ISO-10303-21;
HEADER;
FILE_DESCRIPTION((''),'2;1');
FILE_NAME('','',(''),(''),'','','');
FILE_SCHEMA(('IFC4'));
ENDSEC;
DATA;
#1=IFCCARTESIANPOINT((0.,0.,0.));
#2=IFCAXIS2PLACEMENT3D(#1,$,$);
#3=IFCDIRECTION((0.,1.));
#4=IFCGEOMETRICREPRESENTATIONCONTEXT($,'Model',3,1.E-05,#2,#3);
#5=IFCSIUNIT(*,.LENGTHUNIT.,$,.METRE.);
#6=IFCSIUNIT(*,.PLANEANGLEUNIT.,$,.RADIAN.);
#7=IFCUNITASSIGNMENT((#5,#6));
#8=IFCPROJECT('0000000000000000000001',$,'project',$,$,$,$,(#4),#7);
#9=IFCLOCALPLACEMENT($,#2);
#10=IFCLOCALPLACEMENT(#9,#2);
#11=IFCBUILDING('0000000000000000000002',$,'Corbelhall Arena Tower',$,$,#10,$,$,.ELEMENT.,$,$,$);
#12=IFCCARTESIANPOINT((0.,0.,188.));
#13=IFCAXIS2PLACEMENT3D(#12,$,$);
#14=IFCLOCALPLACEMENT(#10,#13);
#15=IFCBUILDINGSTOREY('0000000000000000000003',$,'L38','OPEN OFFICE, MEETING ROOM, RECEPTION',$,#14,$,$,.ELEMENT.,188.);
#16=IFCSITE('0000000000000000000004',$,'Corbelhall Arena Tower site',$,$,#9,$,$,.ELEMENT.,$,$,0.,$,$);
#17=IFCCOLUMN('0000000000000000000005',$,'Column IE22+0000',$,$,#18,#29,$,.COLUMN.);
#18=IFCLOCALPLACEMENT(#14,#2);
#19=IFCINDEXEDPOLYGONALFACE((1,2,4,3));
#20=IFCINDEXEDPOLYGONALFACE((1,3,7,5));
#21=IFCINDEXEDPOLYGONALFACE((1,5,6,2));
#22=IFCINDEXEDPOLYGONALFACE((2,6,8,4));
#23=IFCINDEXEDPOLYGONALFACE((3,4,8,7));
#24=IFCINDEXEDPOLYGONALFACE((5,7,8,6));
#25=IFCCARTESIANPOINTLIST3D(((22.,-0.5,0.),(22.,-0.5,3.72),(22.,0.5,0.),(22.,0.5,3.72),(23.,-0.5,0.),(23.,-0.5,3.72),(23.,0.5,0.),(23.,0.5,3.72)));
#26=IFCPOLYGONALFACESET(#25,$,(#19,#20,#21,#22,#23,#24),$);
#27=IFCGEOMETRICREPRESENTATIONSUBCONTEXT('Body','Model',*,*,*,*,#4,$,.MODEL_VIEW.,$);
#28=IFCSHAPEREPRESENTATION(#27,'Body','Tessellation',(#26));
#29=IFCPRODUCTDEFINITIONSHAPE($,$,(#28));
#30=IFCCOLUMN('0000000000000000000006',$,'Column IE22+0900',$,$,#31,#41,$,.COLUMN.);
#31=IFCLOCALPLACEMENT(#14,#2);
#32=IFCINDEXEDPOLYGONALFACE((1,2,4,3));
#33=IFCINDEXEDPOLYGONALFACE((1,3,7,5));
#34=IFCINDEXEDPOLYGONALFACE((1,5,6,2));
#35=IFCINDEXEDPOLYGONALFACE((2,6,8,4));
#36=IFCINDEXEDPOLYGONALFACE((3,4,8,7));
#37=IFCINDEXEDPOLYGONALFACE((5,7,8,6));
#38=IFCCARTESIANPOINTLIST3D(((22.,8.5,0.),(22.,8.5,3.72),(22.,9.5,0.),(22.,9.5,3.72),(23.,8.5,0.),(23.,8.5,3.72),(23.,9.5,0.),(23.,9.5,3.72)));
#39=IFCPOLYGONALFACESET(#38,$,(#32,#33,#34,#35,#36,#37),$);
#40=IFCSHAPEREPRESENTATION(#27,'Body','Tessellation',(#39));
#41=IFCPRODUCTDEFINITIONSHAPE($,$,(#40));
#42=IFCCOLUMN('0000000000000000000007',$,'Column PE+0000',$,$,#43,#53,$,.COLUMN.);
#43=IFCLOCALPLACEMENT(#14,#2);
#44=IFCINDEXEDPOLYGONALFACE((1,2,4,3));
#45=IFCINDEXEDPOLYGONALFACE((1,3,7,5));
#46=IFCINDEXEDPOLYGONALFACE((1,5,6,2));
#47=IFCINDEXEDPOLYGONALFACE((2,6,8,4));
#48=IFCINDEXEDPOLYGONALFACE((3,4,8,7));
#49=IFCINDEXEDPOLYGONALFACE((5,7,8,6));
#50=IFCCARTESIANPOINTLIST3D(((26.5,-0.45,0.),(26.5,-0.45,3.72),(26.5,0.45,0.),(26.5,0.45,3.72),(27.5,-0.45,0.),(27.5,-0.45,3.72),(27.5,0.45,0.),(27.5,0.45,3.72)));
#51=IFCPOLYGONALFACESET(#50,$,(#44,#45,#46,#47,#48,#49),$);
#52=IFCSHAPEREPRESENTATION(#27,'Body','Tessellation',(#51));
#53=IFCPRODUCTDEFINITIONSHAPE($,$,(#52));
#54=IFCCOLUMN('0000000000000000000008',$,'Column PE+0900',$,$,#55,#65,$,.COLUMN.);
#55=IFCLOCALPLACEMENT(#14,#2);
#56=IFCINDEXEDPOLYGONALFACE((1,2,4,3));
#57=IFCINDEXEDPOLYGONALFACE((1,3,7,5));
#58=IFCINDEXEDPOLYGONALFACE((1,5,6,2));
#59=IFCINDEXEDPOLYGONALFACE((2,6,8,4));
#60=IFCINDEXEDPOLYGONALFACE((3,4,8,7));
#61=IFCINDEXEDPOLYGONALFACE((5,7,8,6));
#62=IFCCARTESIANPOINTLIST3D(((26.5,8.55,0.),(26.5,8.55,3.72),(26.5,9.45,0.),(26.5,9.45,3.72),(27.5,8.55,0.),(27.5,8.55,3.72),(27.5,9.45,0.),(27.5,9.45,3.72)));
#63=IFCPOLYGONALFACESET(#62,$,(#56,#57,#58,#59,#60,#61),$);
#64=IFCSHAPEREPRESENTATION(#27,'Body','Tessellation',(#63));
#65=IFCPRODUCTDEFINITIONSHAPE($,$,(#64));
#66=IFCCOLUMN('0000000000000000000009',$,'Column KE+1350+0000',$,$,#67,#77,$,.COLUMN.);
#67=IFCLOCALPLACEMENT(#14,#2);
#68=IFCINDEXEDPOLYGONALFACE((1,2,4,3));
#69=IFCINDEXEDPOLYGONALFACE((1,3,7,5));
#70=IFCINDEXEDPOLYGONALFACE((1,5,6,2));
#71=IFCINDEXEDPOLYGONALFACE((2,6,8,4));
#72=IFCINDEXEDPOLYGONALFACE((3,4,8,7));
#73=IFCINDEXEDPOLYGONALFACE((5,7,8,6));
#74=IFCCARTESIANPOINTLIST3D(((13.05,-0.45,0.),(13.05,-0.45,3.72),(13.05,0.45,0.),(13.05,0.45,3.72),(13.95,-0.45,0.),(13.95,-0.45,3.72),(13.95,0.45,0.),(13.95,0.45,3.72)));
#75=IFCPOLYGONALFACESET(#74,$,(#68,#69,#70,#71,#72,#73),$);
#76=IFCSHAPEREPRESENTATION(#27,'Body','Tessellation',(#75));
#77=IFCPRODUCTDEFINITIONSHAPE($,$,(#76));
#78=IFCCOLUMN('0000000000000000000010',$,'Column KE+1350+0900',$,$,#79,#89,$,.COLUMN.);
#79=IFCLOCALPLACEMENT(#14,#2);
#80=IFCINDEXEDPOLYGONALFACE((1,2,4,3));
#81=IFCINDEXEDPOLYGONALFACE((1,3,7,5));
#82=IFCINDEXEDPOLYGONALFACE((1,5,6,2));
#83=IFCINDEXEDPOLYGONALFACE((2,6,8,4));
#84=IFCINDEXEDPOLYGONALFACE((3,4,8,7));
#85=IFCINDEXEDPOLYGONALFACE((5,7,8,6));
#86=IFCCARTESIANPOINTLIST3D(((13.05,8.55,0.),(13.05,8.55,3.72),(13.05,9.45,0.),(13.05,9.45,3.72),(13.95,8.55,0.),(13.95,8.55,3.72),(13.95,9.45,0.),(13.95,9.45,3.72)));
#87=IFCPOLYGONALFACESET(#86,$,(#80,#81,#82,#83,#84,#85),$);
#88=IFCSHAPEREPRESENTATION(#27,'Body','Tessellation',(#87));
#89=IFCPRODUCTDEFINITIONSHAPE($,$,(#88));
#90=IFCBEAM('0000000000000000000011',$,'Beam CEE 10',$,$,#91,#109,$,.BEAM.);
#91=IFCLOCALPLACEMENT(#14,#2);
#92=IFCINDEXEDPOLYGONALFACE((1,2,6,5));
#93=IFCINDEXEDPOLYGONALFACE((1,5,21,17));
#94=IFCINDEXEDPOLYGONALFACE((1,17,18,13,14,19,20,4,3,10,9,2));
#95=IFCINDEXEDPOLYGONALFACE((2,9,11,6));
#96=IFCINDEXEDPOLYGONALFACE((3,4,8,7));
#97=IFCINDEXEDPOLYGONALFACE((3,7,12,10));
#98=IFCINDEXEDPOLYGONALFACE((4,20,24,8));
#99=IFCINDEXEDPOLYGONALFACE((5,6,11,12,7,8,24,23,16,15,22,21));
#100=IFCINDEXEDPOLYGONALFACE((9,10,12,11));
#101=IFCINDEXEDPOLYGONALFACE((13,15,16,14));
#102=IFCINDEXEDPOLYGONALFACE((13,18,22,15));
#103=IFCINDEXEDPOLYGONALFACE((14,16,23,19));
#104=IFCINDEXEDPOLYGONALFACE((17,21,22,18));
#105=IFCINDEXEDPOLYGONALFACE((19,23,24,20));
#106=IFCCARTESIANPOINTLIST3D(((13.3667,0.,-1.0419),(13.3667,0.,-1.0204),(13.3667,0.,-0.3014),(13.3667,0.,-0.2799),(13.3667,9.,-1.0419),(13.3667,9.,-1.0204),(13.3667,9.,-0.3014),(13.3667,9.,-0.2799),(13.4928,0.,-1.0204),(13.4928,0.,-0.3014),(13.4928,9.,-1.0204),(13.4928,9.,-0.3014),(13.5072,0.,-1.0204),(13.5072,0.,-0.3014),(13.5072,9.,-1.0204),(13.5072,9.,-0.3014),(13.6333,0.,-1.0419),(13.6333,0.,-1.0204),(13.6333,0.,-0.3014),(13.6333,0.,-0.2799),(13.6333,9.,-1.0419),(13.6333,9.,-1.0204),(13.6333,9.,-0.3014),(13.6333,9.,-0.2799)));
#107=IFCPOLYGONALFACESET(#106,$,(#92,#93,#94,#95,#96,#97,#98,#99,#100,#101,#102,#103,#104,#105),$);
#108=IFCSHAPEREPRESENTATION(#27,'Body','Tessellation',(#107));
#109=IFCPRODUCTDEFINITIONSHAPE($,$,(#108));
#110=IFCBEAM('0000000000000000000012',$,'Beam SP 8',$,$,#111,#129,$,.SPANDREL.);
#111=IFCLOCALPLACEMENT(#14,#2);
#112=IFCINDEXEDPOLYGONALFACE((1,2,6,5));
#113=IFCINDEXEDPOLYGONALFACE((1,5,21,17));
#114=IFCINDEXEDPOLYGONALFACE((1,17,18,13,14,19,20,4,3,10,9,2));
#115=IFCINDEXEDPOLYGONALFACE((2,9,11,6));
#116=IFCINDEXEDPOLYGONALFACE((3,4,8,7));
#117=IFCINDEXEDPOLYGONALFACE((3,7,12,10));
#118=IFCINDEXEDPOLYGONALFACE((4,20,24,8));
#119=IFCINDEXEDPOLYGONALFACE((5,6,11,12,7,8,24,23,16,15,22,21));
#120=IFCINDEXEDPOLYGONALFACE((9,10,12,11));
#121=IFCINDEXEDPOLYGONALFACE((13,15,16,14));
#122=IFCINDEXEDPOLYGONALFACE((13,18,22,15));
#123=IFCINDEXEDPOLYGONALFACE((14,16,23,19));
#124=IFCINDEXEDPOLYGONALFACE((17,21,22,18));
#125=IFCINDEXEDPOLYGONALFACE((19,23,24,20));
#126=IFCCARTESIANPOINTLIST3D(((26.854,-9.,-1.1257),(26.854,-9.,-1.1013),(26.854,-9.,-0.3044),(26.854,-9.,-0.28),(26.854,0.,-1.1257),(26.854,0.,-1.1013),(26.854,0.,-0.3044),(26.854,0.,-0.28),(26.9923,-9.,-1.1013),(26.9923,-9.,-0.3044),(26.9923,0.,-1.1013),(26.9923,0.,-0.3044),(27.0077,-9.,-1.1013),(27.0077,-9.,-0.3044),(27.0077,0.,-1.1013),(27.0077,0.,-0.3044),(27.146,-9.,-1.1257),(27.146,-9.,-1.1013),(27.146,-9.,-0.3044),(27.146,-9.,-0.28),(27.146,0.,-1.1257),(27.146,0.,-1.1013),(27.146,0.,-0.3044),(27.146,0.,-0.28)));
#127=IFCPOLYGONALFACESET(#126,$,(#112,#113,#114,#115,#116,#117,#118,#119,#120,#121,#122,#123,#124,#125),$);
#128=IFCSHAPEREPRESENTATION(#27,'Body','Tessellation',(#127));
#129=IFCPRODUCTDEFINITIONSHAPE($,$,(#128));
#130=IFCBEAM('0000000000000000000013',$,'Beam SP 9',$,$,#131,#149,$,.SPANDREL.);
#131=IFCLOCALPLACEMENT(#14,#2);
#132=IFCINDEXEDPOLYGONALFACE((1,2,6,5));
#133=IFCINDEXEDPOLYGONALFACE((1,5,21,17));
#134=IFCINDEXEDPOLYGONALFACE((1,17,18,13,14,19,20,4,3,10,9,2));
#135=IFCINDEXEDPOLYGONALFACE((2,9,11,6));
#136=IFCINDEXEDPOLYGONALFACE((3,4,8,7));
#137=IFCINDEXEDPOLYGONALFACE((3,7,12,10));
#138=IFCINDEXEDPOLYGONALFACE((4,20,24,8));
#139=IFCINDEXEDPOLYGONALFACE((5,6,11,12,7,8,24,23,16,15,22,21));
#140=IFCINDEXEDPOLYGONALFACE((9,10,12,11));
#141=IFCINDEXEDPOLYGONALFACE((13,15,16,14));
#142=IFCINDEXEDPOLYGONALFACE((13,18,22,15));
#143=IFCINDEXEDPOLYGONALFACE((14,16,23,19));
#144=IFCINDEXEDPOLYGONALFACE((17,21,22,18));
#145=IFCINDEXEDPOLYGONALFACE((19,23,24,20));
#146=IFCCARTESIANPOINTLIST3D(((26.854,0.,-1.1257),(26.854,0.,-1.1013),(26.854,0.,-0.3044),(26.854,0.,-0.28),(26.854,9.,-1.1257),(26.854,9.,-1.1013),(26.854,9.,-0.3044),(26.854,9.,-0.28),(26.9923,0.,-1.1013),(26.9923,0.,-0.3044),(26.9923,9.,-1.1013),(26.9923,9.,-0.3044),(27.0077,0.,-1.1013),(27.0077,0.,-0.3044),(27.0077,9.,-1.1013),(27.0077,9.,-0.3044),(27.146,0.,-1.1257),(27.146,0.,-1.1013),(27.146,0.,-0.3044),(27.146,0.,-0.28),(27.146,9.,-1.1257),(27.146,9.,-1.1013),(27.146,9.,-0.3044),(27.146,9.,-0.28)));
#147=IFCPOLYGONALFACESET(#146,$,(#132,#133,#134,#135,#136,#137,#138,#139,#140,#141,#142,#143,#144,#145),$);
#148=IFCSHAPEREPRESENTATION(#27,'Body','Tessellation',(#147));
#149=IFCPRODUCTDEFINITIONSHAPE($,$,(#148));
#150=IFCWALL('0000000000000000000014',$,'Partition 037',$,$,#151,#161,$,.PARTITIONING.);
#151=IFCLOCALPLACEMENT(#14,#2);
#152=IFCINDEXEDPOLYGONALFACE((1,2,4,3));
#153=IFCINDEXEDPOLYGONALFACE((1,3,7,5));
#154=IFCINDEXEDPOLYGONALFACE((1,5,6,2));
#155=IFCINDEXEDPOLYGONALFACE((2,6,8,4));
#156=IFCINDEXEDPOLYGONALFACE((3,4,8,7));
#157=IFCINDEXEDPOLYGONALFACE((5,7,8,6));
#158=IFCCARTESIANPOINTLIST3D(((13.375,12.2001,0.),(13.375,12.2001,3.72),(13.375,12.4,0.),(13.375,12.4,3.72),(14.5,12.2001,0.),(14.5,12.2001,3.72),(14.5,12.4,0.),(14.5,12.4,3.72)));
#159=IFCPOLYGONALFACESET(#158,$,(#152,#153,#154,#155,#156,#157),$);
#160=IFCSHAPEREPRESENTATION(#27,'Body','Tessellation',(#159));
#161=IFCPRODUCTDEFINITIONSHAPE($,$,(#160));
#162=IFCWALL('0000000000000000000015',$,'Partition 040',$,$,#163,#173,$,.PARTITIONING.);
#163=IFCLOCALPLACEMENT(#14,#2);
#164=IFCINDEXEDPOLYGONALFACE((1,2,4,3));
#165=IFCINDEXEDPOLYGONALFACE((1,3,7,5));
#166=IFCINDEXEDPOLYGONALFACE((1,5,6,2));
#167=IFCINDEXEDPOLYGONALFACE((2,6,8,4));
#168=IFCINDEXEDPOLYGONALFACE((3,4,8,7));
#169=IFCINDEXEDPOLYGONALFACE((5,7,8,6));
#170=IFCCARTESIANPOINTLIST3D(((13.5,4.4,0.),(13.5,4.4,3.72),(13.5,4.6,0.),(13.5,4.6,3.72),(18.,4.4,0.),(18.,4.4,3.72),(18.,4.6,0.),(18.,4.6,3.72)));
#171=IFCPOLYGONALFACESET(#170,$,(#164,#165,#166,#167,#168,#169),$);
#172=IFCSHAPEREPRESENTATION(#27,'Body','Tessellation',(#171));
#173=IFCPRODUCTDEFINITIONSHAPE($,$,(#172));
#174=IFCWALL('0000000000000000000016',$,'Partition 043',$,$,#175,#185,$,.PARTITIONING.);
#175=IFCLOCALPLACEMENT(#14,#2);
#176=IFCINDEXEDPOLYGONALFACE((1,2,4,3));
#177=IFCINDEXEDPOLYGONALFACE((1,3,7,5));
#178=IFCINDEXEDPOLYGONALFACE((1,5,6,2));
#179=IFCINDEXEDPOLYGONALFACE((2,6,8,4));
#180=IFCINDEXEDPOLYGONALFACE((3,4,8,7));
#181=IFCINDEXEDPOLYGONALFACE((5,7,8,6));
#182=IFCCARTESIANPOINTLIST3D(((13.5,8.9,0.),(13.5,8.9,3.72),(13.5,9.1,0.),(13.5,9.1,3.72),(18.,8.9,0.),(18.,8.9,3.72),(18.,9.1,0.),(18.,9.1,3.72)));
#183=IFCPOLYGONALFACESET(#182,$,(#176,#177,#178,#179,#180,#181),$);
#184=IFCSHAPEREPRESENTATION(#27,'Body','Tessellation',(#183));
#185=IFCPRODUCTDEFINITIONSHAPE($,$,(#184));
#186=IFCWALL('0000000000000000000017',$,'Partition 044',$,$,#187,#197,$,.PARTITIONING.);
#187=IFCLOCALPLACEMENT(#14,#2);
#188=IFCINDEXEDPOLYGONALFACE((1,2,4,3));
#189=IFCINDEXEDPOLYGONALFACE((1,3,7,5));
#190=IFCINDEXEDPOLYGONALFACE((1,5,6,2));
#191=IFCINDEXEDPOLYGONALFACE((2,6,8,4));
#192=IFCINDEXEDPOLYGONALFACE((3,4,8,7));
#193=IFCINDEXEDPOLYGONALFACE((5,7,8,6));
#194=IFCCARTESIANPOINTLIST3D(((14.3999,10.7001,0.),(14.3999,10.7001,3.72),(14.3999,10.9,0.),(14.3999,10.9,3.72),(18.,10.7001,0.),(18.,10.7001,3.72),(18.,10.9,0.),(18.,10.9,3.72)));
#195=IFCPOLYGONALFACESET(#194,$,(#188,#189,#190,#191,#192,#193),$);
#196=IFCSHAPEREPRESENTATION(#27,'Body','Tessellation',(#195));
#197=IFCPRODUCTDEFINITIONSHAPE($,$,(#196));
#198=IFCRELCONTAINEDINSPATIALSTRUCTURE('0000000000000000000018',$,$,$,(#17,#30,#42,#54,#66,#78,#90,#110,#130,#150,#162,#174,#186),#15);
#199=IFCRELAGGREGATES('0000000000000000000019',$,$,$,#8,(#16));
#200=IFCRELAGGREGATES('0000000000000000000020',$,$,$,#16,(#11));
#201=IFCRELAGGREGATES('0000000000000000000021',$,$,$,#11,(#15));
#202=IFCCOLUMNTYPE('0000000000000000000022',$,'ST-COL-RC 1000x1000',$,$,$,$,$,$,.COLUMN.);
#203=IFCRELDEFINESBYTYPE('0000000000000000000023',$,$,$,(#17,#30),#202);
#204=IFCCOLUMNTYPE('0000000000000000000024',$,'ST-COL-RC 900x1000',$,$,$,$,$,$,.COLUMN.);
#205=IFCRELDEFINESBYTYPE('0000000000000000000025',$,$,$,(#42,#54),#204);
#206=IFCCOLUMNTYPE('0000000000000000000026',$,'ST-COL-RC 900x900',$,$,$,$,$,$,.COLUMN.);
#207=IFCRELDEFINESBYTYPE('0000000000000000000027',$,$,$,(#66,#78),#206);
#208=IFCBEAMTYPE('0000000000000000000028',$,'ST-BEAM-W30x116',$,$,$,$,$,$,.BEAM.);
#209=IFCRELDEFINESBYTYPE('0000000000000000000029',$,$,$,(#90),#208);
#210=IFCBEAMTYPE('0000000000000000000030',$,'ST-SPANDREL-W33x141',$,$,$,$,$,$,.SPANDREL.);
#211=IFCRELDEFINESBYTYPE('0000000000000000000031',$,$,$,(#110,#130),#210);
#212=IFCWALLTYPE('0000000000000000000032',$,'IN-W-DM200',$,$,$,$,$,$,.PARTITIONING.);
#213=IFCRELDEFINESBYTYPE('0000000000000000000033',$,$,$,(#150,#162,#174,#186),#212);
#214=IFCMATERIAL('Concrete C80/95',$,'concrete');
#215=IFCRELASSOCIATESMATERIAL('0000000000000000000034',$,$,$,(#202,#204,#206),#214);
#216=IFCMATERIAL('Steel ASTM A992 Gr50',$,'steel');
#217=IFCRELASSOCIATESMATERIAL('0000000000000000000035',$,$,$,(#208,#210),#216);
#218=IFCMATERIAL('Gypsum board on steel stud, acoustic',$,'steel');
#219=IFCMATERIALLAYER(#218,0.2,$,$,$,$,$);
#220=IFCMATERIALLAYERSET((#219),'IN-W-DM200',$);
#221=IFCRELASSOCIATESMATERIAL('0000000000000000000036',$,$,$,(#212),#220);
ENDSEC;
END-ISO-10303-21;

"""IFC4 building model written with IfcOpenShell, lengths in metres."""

from ifc_helpers import new_model, si_unit, direction, frame, frame_2d, origin, origin_2d, place, context, subcontext, project, spatial, rectangle, i_section, extrude, material, layer, layer_set, material_profile, profile_set, type_object, element, save


model = new_model("IFC4")

# Units and contexts
model_context = context("Model", 3, precision=1e-05, world=origin(), true_north=direction((0.0, 1.0)))
body_context = subcontext(model_context, "Body", "Model", "MODEL_VIEW")
ifc_project = project(units=[si_unit("LENGTHUNIT", "METRE"), si_unit("PLANEANGLEUNIT", "RADIAN")], contexts=[model_context])

# Site, building, storey
site_placement = place(None, origin())
site = spatial("IfcSite", under=ifc_project, at=site_placement, Name="Corbelhall Arena Tower site", CompositionType="ELEMENT", RefElevation=0.0)
building_placement = place(site_placement, origin())
building = spatial("IfcBuilding", under=site, at=building_placement, Name="Corbelhall Arena Tower", CompositionType="ELEMENT")
storey_placement = place(building_placement, frame((0.0, 0.0, 188.0)))
storey = spatial("IfcBuildingStorey", under=building, at=storey_placement, Name="L38", Description="OPEN OFFICE, MEETING ROOM, RECEPTION", CompositionType="ELEMENT", Elevation=188.0)

# Columns
ifc_material_1 = material(Name="Concrete C80/95", Category="concrete")
ifc_material_profile_1 = material_profile(ifc_material_1, rectangle(XDim=1.0, YDim=1.0, at=origin_2d()))
ifc_profile_set_1 = profile_set([ifc_material_profile_1], Name="Concrete C80/95")
column_type_1 = type_object("IfcColumnType", Name="ST-COL-RC 1000x1000", PredefinedType="COLUMN", material=ifc_profile_set_1)
for number, where, z_axis, x_axis, name in (
    (1, (22.5, 0.0, 0.0), (0.0, 0.0, 1.0), (1.0, 0.0, 0.0), "Column IE22+0000"),
    (2, (22.5, 9.0, 0.0), (0.0, 0.0, 1.0), (1.0, 0.0, 0.0), "Column IE22+0900"),
):
    element("IfcColumn", number, at=place(storey_placement, frame(where, z_axis=z_axis, x_axis=x_axis)), inside=storey, type_object=column_type_1, Name=name, PredefinedType="COLUMN", context=body_context, shape_type="SweptSolid", body=[
        extrude(rectangle(XDim=1.0, YDim=1.0, at=origin_2d()), origin(), (0.0, 0.0, 1.0), 3.72),
    ])
ifc_material_profile_2 = material_profile(ifc_material_1, rectangle(XDim=0.8999, YDim=1.0, at=origin_2d()))
ifc_profile_set_2 = profile_set([ifc_material_profile_2], Name="Concrete C80/95")
column_type_2 = type_object("IfcColumnType", Name="ST-COL-RC 900x1000", PredefinedType="COLUMN", material=ifc_profile_set_2)
for number, where, z_axis, x_axis, name in (
    (3, (27.0, 0.0, 0.0), (0.0, 0.0, 1.0), (0.0, 1.0, 0.0), "Column PE+0000"),
    (4, (27.0, 9.0, 0.0), (0.0, 0.0, 1.0), (0.0, 1.0, 0.0), "Column PE+0900"),
):
    element("IfcColumn", number, at=place(storey_placement, frame(where, z_axis=z_axis, x_axis=x_axis)), inside=storey, type_object=column_type_2, Name=name, PredefinedType="COLUMN", context=body_context, shape_type="SweptSolid", body=[
        extrude(rectangle(XDim=0.8999, YDim=1.0, at=origin_2d()), origin(), (0.0, 0.0, 1.0), 3.72),
    ])
ifc_material_profile_3 = material_profile(ifc_material_1, rectangle(XDim=0.8999, YDim=0.8999, at=origin_2d()))
ifc_profile_set_3 = profile_set([ifc_material_profile_3], Name="Concrete C80/95")
column_type_3 = type_object("IfcColumnType", Name="ST-COL-RC 900x900", PredefinedType="COLUMN", material=ifc_profile_set_3)
for number, where, z_axis, x_axis, name in (
    (5, (13.5, 0.0, 0.0), (0.0, 0.0, 1.0), (1.0, 0.0, 0.0), "Column KE+1350+0000"),
    (6, (13.5, 9.0, 0.0), (0.0, 0.0, 1.0), (1.0, 0.0, 0.0), "Column KE+1350+0900"),
):
    element("IfcColumn", number, at=place(storey_placement, frame(where, z_axis=z_axis, x_axis=x_axis)), inside=storey, type_object=column_type_3, Name=name, PredefinedType="COLUMN", context=body_context, shape_type="SweptSolid", body=[
        extrude(rectangle(XDim=0.8999, YDim=0.8999, at=origin_2d()), origin(), (0.0, 0.0, 1.0), 3.72),
    ])

# Beams
ifc_material_2 = material(Name="Steel ASTM A992 Gr50", Category="steel")
ifc_material_profile_4 = material_profile(ifc_material_2, i_section(OverallWidth=0.2666, OverallDepth=0.762, WebThickness=0.0144, FlangeThickness=0.0215, at=origin_2d()))
ifc_profile_set_4 = profile_set([ifc_material_profile_4], Name="Steel ASTM A992 Gr50")
beam_type_1 = type_object("IfcBeamType", Name="ST-BEAM-W30x116", PredefinedType="BEAM", material=ifc_profile_set_4)
beam_placement = place(storey_placement, frame((13.5, 0.0, -0.6609), z_axis=(0.0, 1.0, 0.0), x_axis=(-1.0, 0.0, 0.0)))
element("IfcBeam", 7, at=beam_placement, inside=storey, type_object=beam_type_1, Name="Beam CEE 10", PredefinedType="BEAM", context=body_context, shape_type="SweptSolid", body=[
    extrude(i_section(OverallWidth=0.2666, OverallDepth=0.762, WebThickness=0.0144, FlangeThickness=0.0215, at=origin_2d()), origin(), (0.0, 0.0, 1.0), 9.0),
])
ifc_material_profile_5 = material_profile(ifc_material_2, i_section(OverallWidth=0.292, OverallDepth=0.8457, WebThickness=0.0154, FlangeThickness=0.0244, at=origin_2d()))
ifc_profile_set_5 = profile_set([ifc_material_profile_5], Name="Steel ASTM A992 Gr50")
beam_type_2 = type_object("IfcBeamType", Name="ST-SPANDREL-W33x141", PredefinedType="SPANDREL", material=ifc_profile_set_5)
for number, where, z_axis, x_axis, name in (
    (8, (27.0, 0.0, -0.7029), (0.0, -1.0, 0.0), (1.0, 0.0, 0.0), "Beam SP 8"),
    (9, (27.0, 9.0, -0.7029), (0.0, -1.0, 0.0), (1.0, 0.0, 0.0), "Beam SP 9"),
):
    element("IfcBeam", number, at=place(storey_placement, frame(where, z_axis=z_axis, x_axis=x_axis)), inside=storey, type_object=beam_type_2, Name=name, PredefinedType="SPANDREL", context=body_context, shape_type="SweptSolid", body=[
        extrude(i_section(OverallWidth=0.292, OverallDepth=0.8457, WebThickness=0.0154, FlangeThickness=0.0244, at=origin_2d()), origin(), (0.0, 0.0, 1.0), 9.0),
    ])

# Walls
ifc_material_3 = material(Name="Gypsum board on steel stud, acoustic", Category="steel")
ifc_layer_1 = layer(ifc_material_3, 0.2)
ifc_layer_set_1 = layer_set([ifc_layer_1], Name="IN-W-DM200")
wall_type_1 = type_object("IfcWallType", Name="IN-W-DM200", PredefinedType="PARTITIONING", material=ifc_layer_set_1)
wall_1_placement = place(storey_placement, frame((13.375, 12.3, 0.0), z_axis=(0.0, 0.0, 1.0), x_axis=(1.0, 0.0, 0.0)))
element("IfcWall", 10, at=wall_1_placement, inside=storey, type_object=wall_type_1, Name="Partition 037", PredefinedType="PARTITIONING", context=body_context, shape_type="SweptSolid", body=[
    extrude(rectangle(XDim=1.125, YDim=0.2, at=frame_2d((0.5625, 0.0))), origin(), (0.0, 0.0, 1.0), 3.72),
])
for number, where, z_axis, x_axis, name in (
    (11, (13.5, 4.5, 0.0), (0.0, 0.0, 1.0), (1.0, 0.0, 0.0), "Partition 040"),
    (12, (18.0, 9.0, 0.0), (0.0, 0.0, 1.0), (-1.0, 0.0, 0.0), "Partition 043"),
):
    element("IfcWall", number, at=place(storey_placement, frame(where, z_axis=z_axis, x_axis=x_axis)), inside=storey, type_object=wall_type_1, Name=name, PredefinedType="PARTITIONING", context=body_context, shape_type="SweptSolid", body=[
        extrude(rectangle(XDim=4.5, YDim=0.2, at=frame_2d((2.25, 0.0))), origin(), (0.0, 0.0, 1.0), 3.72),
    ])
wall_2_placement = place(storey_placement, frame((14.3999, 10.8, 0.0), z_axis=(0.0, 0.0, 1.0), x_axis=(1.0, 0.0, 0.0)))
element("IfcWall", 13, at=wall_2_placement, inside=storey, type_object=wall_type_1, Name="Partition 044", PredefinedType="PARTITIONING", context=body_context, shape_type="SweptSolid", body=[
    extrude(rectangle(XDim=3.6001, YDim=0.2, at=frame_2d((1.8, 0.0))), origin(), (0.0, 0.0, 1.0), 3.72),
])

save(model, "model.ifc")
